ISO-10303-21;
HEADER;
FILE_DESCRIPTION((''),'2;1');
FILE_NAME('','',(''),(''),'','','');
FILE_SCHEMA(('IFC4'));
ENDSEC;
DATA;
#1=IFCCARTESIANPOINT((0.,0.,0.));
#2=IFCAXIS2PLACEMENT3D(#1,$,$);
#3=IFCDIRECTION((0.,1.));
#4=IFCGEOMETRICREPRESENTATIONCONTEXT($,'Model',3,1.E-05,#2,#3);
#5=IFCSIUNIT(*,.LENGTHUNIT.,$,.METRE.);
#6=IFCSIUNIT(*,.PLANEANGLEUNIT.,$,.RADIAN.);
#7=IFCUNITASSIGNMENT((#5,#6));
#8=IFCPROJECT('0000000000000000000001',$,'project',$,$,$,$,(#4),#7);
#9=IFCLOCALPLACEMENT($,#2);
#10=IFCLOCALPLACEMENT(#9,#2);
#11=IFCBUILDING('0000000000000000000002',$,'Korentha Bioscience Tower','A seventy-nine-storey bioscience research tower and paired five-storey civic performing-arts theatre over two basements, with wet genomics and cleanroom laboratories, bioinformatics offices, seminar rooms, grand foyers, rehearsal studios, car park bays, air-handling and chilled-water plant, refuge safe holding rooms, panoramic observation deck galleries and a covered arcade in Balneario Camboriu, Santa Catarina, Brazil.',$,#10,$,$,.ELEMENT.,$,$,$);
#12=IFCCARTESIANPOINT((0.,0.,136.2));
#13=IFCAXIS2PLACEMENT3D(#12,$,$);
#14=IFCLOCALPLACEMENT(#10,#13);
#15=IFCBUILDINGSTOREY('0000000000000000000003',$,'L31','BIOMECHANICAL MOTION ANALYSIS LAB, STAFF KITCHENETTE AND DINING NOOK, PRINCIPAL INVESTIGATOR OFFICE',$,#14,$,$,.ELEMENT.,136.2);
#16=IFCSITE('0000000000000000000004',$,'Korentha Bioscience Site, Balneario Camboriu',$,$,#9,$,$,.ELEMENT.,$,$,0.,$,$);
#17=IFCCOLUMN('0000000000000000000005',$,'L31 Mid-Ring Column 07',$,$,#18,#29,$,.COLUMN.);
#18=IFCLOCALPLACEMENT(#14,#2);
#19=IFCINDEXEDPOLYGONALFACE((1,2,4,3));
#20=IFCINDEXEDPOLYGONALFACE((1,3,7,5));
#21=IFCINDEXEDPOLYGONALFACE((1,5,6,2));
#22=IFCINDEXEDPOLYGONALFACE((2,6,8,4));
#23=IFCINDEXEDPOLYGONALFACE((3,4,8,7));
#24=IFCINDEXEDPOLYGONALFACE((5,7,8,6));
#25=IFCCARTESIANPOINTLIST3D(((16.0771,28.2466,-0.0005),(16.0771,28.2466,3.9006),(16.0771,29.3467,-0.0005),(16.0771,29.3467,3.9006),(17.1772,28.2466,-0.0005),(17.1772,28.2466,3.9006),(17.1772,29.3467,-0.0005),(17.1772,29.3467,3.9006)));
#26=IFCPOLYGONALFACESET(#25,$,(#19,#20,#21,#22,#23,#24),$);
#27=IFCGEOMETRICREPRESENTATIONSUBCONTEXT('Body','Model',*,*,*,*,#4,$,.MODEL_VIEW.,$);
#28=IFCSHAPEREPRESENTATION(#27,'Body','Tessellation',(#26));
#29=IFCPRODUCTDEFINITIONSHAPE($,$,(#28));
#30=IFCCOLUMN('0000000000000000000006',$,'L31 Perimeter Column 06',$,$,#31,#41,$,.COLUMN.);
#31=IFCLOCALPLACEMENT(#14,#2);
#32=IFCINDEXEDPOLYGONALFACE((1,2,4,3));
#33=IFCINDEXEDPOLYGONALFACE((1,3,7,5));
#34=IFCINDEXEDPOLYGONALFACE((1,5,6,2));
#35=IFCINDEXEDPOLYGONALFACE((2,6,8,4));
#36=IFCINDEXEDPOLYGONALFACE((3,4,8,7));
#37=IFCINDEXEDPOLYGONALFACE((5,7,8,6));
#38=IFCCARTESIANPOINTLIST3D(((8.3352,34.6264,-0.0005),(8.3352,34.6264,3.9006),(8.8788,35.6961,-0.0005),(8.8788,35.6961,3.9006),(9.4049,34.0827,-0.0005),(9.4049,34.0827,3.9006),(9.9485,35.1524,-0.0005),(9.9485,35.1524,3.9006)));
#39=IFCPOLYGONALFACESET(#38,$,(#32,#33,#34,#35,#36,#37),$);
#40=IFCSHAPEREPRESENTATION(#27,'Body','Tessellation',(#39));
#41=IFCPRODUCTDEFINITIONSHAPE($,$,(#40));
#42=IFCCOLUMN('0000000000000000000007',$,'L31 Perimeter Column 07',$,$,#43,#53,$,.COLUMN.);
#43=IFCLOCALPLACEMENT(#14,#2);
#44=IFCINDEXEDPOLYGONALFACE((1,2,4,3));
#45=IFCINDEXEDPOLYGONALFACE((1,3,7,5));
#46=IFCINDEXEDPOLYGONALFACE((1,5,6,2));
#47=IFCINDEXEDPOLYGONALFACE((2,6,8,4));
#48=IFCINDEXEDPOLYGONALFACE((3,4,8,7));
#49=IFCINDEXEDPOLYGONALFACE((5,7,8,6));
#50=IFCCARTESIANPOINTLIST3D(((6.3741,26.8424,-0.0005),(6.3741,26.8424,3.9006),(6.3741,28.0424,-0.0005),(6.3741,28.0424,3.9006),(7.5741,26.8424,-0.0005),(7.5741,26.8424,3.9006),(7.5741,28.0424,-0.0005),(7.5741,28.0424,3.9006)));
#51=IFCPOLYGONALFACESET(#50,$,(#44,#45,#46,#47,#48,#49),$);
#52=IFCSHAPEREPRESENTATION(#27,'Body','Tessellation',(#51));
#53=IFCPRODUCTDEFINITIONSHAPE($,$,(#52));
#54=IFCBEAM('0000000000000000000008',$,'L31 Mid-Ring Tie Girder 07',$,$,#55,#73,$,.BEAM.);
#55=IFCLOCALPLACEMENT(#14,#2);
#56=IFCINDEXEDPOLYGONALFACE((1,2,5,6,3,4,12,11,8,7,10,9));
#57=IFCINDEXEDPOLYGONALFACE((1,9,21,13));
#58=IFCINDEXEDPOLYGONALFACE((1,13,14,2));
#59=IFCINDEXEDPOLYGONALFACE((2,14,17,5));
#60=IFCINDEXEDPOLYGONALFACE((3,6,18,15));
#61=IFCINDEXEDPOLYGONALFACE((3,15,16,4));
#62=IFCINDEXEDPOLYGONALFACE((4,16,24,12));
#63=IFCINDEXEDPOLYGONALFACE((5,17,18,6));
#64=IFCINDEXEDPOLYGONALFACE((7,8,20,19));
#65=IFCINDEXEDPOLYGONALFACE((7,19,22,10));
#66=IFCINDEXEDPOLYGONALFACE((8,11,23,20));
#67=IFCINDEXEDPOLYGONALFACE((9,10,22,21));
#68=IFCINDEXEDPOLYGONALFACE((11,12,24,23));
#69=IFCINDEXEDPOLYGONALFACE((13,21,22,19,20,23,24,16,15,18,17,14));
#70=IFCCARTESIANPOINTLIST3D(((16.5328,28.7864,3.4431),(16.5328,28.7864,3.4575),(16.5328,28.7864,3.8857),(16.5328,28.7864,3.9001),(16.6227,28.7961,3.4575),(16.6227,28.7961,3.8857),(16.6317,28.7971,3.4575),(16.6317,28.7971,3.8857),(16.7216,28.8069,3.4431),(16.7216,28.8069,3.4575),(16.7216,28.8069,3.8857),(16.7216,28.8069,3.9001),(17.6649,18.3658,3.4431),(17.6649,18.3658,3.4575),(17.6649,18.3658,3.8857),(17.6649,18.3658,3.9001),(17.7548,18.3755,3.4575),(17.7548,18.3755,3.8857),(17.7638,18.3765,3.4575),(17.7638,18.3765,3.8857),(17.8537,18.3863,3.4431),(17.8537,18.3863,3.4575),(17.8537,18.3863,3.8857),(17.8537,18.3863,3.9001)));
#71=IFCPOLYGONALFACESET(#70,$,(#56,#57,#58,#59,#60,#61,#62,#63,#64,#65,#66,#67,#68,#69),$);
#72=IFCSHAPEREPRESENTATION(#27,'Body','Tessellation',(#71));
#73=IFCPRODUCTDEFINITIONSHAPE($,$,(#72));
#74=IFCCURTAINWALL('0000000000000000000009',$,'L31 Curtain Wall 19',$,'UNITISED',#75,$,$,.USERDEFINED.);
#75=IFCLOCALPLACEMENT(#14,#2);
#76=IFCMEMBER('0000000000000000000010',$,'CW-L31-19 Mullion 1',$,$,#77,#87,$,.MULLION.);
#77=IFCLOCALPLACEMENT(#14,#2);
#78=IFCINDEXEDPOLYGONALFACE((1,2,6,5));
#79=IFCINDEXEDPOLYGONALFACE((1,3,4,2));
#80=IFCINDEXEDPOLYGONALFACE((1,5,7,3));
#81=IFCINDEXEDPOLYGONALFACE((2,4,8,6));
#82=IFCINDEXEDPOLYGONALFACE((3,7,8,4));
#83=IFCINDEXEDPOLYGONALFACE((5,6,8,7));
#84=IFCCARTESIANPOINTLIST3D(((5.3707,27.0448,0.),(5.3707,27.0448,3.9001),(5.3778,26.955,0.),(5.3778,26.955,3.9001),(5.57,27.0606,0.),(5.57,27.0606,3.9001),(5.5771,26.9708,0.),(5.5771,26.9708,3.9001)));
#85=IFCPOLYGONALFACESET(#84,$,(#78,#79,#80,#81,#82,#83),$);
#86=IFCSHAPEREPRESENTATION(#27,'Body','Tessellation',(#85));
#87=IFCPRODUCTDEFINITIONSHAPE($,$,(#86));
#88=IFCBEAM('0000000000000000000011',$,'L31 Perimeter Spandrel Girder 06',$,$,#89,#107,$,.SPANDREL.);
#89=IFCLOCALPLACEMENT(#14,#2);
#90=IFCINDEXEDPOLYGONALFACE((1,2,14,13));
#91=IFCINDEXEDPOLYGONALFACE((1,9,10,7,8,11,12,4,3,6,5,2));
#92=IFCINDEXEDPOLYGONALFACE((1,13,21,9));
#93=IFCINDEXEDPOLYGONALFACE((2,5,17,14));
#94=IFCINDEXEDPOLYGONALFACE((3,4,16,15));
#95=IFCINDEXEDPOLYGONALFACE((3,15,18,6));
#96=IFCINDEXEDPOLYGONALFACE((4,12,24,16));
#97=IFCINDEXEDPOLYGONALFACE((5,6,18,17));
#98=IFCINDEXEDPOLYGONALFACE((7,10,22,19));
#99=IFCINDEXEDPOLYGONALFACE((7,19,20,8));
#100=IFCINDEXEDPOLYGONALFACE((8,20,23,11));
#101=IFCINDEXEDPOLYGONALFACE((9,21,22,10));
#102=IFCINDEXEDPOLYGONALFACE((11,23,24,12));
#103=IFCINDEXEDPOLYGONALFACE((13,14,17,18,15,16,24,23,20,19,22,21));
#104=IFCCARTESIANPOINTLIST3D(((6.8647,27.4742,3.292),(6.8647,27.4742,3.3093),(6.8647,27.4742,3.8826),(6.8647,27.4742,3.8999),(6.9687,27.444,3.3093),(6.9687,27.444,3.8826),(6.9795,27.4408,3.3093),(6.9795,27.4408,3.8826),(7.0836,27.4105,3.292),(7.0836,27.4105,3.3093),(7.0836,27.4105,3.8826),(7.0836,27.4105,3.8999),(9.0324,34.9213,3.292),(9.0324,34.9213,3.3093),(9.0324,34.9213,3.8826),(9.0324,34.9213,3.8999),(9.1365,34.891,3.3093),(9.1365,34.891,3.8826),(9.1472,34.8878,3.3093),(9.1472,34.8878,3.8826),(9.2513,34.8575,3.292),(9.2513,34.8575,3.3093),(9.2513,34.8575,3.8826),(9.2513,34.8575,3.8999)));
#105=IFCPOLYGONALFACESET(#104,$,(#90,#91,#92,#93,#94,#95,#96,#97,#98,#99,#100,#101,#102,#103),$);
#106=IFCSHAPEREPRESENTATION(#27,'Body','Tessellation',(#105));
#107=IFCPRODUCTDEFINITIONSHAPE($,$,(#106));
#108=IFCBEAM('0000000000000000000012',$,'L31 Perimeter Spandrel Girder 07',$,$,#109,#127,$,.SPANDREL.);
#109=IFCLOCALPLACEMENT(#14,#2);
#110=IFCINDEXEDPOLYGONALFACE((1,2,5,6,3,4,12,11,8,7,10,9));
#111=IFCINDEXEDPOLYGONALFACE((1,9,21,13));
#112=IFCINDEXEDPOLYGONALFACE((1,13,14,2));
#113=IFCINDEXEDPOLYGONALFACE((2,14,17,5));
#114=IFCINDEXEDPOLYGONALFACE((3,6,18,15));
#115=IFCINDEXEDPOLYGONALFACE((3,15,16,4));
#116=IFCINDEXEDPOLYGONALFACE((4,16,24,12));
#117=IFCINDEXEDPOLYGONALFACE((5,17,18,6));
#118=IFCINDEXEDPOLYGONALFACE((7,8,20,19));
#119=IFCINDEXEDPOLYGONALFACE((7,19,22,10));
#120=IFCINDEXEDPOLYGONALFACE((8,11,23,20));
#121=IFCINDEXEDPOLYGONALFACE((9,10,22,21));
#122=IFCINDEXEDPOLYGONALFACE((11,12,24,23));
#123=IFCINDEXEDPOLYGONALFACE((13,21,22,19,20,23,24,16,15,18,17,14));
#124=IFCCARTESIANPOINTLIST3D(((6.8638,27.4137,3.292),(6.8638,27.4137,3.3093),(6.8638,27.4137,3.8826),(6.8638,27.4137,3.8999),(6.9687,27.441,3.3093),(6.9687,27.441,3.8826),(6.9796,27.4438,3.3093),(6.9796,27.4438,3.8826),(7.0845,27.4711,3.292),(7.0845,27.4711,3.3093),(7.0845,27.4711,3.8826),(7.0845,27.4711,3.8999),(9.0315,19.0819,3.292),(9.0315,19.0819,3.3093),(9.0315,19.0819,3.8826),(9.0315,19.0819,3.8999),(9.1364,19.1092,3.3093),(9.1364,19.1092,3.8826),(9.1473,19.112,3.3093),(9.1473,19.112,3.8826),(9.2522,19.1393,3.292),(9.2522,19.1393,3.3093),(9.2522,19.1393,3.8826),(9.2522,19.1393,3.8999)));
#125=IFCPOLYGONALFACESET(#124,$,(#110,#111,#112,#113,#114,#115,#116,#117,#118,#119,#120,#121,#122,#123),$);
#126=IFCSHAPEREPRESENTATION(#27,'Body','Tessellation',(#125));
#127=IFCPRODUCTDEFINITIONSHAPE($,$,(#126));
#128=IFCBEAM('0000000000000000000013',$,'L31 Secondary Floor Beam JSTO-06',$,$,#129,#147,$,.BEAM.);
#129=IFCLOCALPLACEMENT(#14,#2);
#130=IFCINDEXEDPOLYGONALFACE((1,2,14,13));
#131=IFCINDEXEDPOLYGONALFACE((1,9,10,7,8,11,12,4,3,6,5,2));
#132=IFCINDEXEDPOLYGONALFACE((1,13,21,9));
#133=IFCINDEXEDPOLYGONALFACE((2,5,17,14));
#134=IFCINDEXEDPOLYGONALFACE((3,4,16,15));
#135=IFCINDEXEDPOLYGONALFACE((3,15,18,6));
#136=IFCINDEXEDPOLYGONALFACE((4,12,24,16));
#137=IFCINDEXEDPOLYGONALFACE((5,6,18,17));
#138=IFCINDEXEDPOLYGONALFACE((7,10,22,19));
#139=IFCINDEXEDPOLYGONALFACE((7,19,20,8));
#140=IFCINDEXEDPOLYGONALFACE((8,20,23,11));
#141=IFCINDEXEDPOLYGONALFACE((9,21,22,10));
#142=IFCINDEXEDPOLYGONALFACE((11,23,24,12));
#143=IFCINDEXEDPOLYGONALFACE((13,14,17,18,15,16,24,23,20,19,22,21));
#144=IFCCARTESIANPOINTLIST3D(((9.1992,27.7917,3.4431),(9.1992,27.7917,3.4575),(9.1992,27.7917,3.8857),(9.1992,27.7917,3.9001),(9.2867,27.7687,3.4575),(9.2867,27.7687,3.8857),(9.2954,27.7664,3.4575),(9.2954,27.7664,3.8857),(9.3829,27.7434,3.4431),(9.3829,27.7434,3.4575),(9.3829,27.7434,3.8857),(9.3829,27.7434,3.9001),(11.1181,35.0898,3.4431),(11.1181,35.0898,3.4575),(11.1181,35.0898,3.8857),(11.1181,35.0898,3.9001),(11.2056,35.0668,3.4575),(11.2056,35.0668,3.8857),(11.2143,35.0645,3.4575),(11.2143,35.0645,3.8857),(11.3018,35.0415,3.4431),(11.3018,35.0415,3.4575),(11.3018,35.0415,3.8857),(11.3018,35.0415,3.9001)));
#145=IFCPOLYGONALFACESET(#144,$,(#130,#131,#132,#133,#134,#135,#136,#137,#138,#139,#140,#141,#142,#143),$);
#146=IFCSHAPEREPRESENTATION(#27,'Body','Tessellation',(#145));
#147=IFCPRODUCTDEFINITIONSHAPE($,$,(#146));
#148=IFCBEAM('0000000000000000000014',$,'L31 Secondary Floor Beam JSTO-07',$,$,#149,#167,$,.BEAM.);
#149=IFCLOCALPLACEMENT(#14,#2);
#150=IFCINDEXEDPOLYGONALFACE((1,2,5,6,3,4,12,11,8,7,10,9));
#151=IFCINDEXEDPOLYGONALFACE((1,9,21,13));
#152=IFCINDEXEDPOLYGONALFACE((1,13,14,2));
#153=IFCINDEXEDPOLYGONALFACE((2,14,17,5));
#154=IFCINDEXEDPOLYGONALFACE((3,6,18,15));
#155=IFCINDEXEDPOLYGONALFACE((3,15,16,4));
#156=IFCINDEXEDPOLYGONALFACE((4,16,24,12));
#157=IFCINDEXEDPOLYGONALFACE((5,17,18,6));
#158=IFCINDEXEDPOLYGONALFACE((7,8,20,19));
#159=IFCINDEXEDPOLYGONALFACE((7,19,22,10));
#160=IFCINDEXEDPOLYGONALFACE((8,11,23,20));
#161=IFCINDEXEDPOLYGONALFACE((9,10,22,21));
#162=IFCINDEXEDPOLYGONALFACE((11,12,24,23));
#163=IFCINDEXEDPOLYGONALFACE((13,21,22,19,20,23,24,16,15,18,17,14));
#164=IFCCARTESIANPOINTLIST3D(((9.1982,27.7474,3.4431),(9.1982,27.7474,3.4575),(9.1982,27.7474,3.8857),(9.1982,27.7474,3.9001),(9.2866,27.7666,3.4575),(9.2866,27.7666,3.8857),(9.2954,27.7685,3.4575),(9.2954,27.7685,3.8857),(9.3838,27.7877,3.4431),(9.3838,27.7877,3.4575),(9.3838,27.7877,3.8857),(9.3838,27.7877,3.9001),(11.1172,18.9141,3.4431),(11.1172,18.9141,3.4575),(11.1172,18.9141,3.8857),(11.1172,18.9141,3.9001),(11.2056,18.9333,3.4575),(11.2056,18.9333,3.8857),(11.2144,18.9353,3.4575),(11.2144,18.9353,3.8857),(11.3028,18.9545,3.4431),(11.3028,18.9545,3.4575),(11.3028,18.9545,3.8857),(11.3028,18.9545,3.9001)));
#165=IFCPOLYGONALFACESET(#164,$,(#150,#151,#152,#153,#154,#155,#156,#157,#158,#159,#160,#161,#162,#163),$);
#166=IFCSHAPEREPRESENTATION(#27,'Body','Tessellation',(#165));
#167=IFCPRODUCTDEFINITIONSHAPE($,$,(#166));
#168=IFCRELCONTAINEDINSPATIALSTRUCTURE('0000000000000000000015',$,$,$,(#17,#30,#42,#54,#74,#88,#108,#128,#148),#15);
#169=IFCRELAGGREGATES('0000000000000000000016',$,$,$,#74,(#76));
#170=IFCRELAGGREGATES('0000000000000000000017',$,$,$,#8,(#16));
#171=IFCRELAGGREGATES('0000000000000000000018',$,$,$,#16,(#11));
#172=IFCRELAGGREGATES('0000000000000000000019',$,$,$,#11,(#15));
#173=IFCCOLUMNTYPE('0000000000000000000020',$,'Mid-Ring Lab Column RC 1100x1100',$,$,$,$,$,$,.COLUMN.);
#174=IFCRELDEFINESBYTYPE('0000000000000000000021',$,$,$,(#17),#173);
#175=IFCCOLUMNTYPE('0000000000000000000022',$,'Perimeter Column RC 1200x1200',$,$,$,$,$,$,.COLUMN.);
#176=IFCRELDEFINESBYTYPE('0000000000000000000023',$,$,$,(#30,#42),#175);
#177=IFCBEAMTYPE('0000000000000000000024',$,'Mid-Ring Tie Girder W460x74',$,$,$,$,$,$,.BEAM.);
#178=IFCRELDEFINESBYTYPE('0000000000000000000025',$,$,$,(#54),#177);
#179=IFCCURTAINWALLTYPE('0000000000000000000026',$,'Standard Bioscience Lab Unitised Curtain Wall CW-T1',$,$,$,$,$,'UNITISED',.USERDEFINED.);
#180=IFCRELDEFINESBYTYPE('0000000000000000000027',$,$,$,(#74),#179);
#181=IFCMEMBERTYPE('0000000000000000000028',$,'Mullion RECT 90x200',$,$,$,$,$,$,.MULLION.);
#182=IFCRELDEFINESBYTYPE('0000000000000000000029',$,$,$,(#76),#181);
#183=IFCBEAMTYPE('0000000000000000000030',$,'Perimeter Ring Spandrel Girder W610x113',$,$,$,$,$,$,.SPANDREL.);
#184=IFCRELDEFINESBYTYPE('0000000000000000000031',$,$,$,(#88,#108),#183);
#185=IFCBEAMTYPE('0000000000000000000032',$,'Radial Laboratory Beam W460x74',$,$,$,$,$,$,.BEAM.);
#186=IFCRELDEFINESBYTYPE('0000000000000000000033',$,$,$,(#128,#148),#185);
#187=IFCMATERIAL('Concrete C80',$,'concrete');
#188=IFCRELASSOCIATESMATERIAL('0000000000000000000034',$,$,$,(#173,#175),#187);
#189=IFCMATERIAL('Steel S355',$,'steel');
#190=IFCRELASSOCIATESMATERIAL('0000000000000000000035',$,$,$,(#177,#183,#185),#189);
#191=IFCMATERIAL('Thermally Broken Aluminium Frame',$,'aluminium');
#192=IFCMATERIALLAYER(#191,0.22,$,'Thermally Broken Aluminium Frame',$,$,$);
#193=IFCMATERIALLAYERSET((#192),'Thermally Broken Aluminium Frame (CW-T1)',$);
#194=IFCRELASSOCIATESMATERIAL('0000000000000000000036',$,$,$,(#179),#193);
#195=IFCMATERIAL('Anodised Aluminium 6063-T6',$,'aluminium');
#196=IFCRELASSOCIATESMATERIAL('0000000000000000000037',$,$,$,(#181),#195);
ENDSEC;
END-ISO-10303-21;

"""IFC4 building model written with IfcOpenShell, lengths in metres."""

from ifc_helpers import new_model, si_unit, direction, frame, origin, origin_2d, place, context, subcontext, project, spatial, rectangle, i_section, extrude, material, layer, layer_set, material_profile, profile_set, type_object, element, aggregate, save


model = new_model("IFC4")

# Units and contexts
model_context = context("Model", 3, precision=1e-05, world=origin(), true_north=direction((0.0, 1.0)))
body_context = subcontext(model_context, "Body", "Model", "MODEL_VIEW")
ifc_project = project(units=[si_unit("LENGTHUNIT", "METRE"), si_unit("PLANEANGLEUNIT", "RADIAN")], contexts=[model_context])

# Site, building, storey
site_placement = place(None, origin())
site = spatial("IfcSite", under=ifc_project, at=site_placement, Name="Korentha Bioscience Site, Balneario Camboriu", CompositionType="ELEMENT", RefElevation=0.0)
building_placement = place(site_placement, origin())
building = spatial("IfcBuilding", under=site, at=building_placement, Name="Korentha Bioscience Tower", Description="A seventy-nine-storey bioscience research tower and paired five-storey civic performing-arts theatre over two basements, with wet genomics and cleanroom laboratories, bioinformatics offices, seminar rooms, grand foyers, rehearsal studios, car park bays, air-handling and chilled-water plant, refuge safe holding rooms, panoramic observation deck galleries and a covered arcade in Balneario Camboriu, Santa Catarina, Brazil.", CompositionType="ELEMENT")
storey_placement = place(building_placement, frame((0.0, 0.0, 136.2)))
storey = spatial("IfcBuildingStorey", under=building, at=storey_placement, Name="L31", Description="BIOMECHANICAL MOTION ANALYSIS LAB, STAFF KITCHENETTE AND DINING NOOK, PRINCIPAL INVESTIGATOR OFFICE", CompositionType="ELEMENT", Elevation=136.2)

# Columns
ifc_material_1 = material(Name="Concrete C80", Category="concrete")
ifc_material_profile_1 = material_profile(ifc_material_1, rectangle(XDim=1.1001, YDim=1.1001, at=origin_2d()), Name="Concrete C80")
ifc_profile_set_1 = profile_set([ifc_material_profile_1], Name="Concrete C80 (COL-MR11)")
column_type_1 = type_object("IfcColumnType", Name="Mid-Ring Lab Column RC 1100x1100", PredefinedType="COLUMN", material=ifc_profile_set_1)
column_placement = place(storey_placement, frame((16.6272, 28.7966, -0.0005), z_axis=(0.0, 0.0, 1.0), x_axis=(1.0, 0.0, 0.0)))
element("IfcColumn", 1, at=column_placement, inside=storey, type_object=column_type_1, Name="L31 Mid-Ring Column 07", PredefinedType="COLUMN", context=body_context, shape_type="SweptSolid", body=[
    extrude(rectangle(XDim=1.1001, YDim=1.1001, at=origin_2d()), origin(), (0.0, 0.0, 1.0), 3.9011),
])
ifc_material_profile_2 = material_profile(ifc_material_1, rectangle(XDim=1.2, YDim=1.2, at=origin_2d()), Name="Concrete C80")
ifc_profile_set_2 = profile_set([ifc_material_profile_2], Name="Concrete C80 (COL-P12)")
column_type_2 = type_object("IfcColumnType", Name="Perimeter Column RC 1200x1200", PredefinedType="COLUMN", material=ifc_profile_set_2)
for number, where, z_axis, x_axis, name in (
    (2, (9.1418, 34.8894, -0.0005), (0.0, 0.0, 1.0), (0.453057, 0.891481, 0.0), "L31 Perimeter Column 06"),
    (3, (6.9741, 27.4424, -0.0005), (0.0, 0.0, 1.0), (0.0, 1.0, 0.0), "L31 Perimeter Column 07"),
):
    element("IfcColumn", number, at=place(storey_placement, frame(where, z_axis=z_axis, x_axis=x_axis)), inside=storey, type_object=column_type_2, Name=name, PredefinedType="COLUMN", context=body_context, shape_type="SweptSolid", body=[
        extrude(rectangle(XDim=1.2, YDim=1.2, at=origin_2d()), origin(), (0.0, 0.0, 1.0), 3.9011),
    ])

# Beam
ifc_material_2 = material(Name="Steel S355", Category="steel")
ifc_material_profile_3 = material_profile(ifc_material_2, i_section(OverallWidth=0.1899, OverallDepth=0.457, WebThickness=0.009, FlangeThickness=0.0144, at=origin_2d()), Name="Steel S355")
ifc_profile_set_3 = profile_set([ifc_material_profile_3], Name="Steel S355 (MB-460)")
beam_type_1 = type_object("IfcBeamType", Name="Mid-Ring Tie Girder W460x74", PredefinedType="BEAM", material=ifc_profile_set_3)
beam_1_placement = place(storey_placement, frame((16.6272, 28.7966, 3.6716), z_axis=(0.108003, -0.994151, 0.0), x_axis=(0.994151, 0.108003, 0.0)))
element("IfcBeam", 4, at=beam_1_placement, inside=storey, type_object=beam_type_1, Name="L31 Mid-Ring Tie Girder 07", PredefinedType="BEAM", context=body_context, shape_type="SweptSolid", body=[
    extrude(i_section(OverallWidth=0.1899, OverallDepth=0.457, WebThickness=0.009, FlangeThickness=0.0144, at=origin_2d()), origin(), (0.0, 0.0, 1.0), 10.4819),
])

# Curtain wall, member
ifc_material_3 = material(Name="Thermally Broken Aluminium Frame", Category="aluminium")
ifc_layer_1 = layer(ifc_material_3, 0.22, Name="Thermally Broken Aluminium Frame")
ifc_layer_set_1 = layer_set([ifc_layer_1], Name="Thermally Broken Aluminium Frame (CW-T1)")
curtain_wall_type = type_object("IfcCurtainWallType", Name="Standard Bioscience Lab Unitised Curtain Wall CW-T1", ElementType="UNITISED", PredefinedType="USERDEFINED", material=ifc_layer_set_1)
curtain_wall_placement = place(storey_placement, origin())
curtain_wall = element("IfcCurtainWall", 5, at=curtain_wall_placement, inside=storey, type_object=curtain_wall_type, Name="L31 Curtain Wall 19", ObjectType="UNITISED", PredefinedType="USERDEFINED")
ifc_material_4 = material(Name="Anodised Aluminium 6063-T6", Category="aluminium")
ifc_material_profile_4 = material_profile(ifc_material_4, rectangle(XDim=0.0901, YDim=0.2, at=origin_2d()), Name="Anodised Aluminium 6063-T6")
ifc_profile_set_4 = profile_set([ifc_material_profile_4], Name="Anodised Aluminium 6063-T6 (CW-MUL)")
member_type_1 = type_object("IfcMemberType", Name="Mullion RECT 90x200", PredefinedType="MULLION", material=ifc_profile_set_4)
member_1_placement = place(storey_placement, frame((5.4739, 27.0078, 0.0), z_axis=(0.0, 0.0, 1.0), x_axis=(0.07913, -0.996864, 0.0)))
member_1 = element("IfcMember", 6, at=member_1_placement, type_object=member_type_1, Name="CW-L31-19 Mullion 1", PredefinedType="MULLION", context=body_context, shape_type="SweptSolid", body=[
    extrude(rectangle(XDim=0.0901, YDim=0.2, at=origin_2d()), origin(), (0.0, 0.0, 1.0), 3.9001),
])

# Beams
ifc_material_profile_5 = material_profile(ifc_material_2, i_section(OverallWidth=0.228, OverallDepth=0.6079, WebThickness=0.0112, FlangeThickness=0.0173, at=origin_2d()), Name="Steel S355")
ifc_profile_set_5 = profile_set([ifc_material_profile_5], Name="Steel S355 (SB-610)")
beam_type_2 = type_object("IfcBeamType", Name="Perimeter Ring Spandrel Girder W610x113", PredefinedType="SPANDREL", material=ifc_profile_set_5)
beam_2_placement = place(storey_placement, frame((9.1418, 34.8894, 3.5959), z_axis=(-0.279486, -0.96015, 0.0), x_axis=(0.96015, -0.279486, 0.0)))
element("IfcBeam", 7, at=beam_2_placement, inside=storey, type_object=beam_type_2, Name="L31 Perimeter Spandrel Girder 06", PredefinedType="SPANDREL", context=body_context, shape_type="SweptSolid", body=[
    extrude(i_section(OverallWidth=0.228, OverallDepth=0.6079, WebThickness=0.0112, FlangeThickness=0.0173, at=origin_2d()), origin(), (0.0, 0.0, 1.0), 7.7561),
])
beam_3_placement = place(storey_placement, frame((6.9741, 27.4424, 3.5959), z_axis=(0.251793, -0.967781, 0.0), x_axis=(0.967781, 0.251793, 0.0)))
element("IfcBeam", 8, at=beam_3_placement, inside=storey, type_object=beam_type_2, Name="L31 Perimeter Spandrel Girder 07", PredefinedType="SPANDREL", context=body_context, shape_type="SweptSolid", body=[
    extrude(i_section(OverallWidth=0.228, OverallDepth=0.6079, WebThickness=0.0112, FlangeThickness=0.0173, at=origin_2d()), origin(), (0.0, 0.0, 1.0), 8.6091),
])
ifc_material_profile_6 = material_profile(ifc_material_2, i_section(OverallWidth=0.1899, OverallDepth=0.457, WebThickness=0.009, FlangeThickness=0.0144, at=origin_2d()), Name="Steel S355")
ifc_profile_set_6 = profile_set([ifc_material_profile_6], Name="Steel S355 (RB-460)")
beam_type_3 = type_object("IfcBeamType", Name="Radial Laboratory Beam W460x74", PredefinedType="BEAM", material=ifc_profile_set_6)
beam_4_placement = place(storey_placement, frame((11.21, 35.0657, 3.6716), z_axis=(-0.254294, -0.967127, 0.0), x_axis=(0.967127, -0.254294, 0.0)))
element("IfcBeam", 9, at=beam_4_placement, inside=storey, type_object=beam_type_3, Name="L31 Secondary Floor Beam JSTO-06", PredefinedType="BEAM", context=body_context, shape_type="SweptSolid", body=[
    extrude(i_section(OverallWidth=0.1899, OverallDepth=0.457, WebThickness=0.009, FlangeThickness=0.0144, at=origin_2d()), origin(), (0.0, 0.0, 1.0), 7.5461),
])
beam_5_placement = place(storey_placement, frame((9.291, 27.7676, 3.6716), z_axis=(0.212289, -0.977207, 0.0), x_axis=(0.977207, 0.212289, 0.0)))
element("IfcBeam", 10, at=beam_5_placement, inside=storey, type_object=beam_type_3, Name="L31 Secondary Floor Beam JSTO-07", PredefinedType="BEAM", context=body_context, shape_type="SweptSolid", body=[
    extrude(i_section(OverallWidth=0.1899, OverallDepth=0.457, WebThickness=0.009, FlangeThickness=0.0144, at=origin_2d()), origin(), (0.0, 0.0, 1.0), 9.0393),
])

aggregate(curtain_wall, [member_1])

save(model, "model.ifc")
